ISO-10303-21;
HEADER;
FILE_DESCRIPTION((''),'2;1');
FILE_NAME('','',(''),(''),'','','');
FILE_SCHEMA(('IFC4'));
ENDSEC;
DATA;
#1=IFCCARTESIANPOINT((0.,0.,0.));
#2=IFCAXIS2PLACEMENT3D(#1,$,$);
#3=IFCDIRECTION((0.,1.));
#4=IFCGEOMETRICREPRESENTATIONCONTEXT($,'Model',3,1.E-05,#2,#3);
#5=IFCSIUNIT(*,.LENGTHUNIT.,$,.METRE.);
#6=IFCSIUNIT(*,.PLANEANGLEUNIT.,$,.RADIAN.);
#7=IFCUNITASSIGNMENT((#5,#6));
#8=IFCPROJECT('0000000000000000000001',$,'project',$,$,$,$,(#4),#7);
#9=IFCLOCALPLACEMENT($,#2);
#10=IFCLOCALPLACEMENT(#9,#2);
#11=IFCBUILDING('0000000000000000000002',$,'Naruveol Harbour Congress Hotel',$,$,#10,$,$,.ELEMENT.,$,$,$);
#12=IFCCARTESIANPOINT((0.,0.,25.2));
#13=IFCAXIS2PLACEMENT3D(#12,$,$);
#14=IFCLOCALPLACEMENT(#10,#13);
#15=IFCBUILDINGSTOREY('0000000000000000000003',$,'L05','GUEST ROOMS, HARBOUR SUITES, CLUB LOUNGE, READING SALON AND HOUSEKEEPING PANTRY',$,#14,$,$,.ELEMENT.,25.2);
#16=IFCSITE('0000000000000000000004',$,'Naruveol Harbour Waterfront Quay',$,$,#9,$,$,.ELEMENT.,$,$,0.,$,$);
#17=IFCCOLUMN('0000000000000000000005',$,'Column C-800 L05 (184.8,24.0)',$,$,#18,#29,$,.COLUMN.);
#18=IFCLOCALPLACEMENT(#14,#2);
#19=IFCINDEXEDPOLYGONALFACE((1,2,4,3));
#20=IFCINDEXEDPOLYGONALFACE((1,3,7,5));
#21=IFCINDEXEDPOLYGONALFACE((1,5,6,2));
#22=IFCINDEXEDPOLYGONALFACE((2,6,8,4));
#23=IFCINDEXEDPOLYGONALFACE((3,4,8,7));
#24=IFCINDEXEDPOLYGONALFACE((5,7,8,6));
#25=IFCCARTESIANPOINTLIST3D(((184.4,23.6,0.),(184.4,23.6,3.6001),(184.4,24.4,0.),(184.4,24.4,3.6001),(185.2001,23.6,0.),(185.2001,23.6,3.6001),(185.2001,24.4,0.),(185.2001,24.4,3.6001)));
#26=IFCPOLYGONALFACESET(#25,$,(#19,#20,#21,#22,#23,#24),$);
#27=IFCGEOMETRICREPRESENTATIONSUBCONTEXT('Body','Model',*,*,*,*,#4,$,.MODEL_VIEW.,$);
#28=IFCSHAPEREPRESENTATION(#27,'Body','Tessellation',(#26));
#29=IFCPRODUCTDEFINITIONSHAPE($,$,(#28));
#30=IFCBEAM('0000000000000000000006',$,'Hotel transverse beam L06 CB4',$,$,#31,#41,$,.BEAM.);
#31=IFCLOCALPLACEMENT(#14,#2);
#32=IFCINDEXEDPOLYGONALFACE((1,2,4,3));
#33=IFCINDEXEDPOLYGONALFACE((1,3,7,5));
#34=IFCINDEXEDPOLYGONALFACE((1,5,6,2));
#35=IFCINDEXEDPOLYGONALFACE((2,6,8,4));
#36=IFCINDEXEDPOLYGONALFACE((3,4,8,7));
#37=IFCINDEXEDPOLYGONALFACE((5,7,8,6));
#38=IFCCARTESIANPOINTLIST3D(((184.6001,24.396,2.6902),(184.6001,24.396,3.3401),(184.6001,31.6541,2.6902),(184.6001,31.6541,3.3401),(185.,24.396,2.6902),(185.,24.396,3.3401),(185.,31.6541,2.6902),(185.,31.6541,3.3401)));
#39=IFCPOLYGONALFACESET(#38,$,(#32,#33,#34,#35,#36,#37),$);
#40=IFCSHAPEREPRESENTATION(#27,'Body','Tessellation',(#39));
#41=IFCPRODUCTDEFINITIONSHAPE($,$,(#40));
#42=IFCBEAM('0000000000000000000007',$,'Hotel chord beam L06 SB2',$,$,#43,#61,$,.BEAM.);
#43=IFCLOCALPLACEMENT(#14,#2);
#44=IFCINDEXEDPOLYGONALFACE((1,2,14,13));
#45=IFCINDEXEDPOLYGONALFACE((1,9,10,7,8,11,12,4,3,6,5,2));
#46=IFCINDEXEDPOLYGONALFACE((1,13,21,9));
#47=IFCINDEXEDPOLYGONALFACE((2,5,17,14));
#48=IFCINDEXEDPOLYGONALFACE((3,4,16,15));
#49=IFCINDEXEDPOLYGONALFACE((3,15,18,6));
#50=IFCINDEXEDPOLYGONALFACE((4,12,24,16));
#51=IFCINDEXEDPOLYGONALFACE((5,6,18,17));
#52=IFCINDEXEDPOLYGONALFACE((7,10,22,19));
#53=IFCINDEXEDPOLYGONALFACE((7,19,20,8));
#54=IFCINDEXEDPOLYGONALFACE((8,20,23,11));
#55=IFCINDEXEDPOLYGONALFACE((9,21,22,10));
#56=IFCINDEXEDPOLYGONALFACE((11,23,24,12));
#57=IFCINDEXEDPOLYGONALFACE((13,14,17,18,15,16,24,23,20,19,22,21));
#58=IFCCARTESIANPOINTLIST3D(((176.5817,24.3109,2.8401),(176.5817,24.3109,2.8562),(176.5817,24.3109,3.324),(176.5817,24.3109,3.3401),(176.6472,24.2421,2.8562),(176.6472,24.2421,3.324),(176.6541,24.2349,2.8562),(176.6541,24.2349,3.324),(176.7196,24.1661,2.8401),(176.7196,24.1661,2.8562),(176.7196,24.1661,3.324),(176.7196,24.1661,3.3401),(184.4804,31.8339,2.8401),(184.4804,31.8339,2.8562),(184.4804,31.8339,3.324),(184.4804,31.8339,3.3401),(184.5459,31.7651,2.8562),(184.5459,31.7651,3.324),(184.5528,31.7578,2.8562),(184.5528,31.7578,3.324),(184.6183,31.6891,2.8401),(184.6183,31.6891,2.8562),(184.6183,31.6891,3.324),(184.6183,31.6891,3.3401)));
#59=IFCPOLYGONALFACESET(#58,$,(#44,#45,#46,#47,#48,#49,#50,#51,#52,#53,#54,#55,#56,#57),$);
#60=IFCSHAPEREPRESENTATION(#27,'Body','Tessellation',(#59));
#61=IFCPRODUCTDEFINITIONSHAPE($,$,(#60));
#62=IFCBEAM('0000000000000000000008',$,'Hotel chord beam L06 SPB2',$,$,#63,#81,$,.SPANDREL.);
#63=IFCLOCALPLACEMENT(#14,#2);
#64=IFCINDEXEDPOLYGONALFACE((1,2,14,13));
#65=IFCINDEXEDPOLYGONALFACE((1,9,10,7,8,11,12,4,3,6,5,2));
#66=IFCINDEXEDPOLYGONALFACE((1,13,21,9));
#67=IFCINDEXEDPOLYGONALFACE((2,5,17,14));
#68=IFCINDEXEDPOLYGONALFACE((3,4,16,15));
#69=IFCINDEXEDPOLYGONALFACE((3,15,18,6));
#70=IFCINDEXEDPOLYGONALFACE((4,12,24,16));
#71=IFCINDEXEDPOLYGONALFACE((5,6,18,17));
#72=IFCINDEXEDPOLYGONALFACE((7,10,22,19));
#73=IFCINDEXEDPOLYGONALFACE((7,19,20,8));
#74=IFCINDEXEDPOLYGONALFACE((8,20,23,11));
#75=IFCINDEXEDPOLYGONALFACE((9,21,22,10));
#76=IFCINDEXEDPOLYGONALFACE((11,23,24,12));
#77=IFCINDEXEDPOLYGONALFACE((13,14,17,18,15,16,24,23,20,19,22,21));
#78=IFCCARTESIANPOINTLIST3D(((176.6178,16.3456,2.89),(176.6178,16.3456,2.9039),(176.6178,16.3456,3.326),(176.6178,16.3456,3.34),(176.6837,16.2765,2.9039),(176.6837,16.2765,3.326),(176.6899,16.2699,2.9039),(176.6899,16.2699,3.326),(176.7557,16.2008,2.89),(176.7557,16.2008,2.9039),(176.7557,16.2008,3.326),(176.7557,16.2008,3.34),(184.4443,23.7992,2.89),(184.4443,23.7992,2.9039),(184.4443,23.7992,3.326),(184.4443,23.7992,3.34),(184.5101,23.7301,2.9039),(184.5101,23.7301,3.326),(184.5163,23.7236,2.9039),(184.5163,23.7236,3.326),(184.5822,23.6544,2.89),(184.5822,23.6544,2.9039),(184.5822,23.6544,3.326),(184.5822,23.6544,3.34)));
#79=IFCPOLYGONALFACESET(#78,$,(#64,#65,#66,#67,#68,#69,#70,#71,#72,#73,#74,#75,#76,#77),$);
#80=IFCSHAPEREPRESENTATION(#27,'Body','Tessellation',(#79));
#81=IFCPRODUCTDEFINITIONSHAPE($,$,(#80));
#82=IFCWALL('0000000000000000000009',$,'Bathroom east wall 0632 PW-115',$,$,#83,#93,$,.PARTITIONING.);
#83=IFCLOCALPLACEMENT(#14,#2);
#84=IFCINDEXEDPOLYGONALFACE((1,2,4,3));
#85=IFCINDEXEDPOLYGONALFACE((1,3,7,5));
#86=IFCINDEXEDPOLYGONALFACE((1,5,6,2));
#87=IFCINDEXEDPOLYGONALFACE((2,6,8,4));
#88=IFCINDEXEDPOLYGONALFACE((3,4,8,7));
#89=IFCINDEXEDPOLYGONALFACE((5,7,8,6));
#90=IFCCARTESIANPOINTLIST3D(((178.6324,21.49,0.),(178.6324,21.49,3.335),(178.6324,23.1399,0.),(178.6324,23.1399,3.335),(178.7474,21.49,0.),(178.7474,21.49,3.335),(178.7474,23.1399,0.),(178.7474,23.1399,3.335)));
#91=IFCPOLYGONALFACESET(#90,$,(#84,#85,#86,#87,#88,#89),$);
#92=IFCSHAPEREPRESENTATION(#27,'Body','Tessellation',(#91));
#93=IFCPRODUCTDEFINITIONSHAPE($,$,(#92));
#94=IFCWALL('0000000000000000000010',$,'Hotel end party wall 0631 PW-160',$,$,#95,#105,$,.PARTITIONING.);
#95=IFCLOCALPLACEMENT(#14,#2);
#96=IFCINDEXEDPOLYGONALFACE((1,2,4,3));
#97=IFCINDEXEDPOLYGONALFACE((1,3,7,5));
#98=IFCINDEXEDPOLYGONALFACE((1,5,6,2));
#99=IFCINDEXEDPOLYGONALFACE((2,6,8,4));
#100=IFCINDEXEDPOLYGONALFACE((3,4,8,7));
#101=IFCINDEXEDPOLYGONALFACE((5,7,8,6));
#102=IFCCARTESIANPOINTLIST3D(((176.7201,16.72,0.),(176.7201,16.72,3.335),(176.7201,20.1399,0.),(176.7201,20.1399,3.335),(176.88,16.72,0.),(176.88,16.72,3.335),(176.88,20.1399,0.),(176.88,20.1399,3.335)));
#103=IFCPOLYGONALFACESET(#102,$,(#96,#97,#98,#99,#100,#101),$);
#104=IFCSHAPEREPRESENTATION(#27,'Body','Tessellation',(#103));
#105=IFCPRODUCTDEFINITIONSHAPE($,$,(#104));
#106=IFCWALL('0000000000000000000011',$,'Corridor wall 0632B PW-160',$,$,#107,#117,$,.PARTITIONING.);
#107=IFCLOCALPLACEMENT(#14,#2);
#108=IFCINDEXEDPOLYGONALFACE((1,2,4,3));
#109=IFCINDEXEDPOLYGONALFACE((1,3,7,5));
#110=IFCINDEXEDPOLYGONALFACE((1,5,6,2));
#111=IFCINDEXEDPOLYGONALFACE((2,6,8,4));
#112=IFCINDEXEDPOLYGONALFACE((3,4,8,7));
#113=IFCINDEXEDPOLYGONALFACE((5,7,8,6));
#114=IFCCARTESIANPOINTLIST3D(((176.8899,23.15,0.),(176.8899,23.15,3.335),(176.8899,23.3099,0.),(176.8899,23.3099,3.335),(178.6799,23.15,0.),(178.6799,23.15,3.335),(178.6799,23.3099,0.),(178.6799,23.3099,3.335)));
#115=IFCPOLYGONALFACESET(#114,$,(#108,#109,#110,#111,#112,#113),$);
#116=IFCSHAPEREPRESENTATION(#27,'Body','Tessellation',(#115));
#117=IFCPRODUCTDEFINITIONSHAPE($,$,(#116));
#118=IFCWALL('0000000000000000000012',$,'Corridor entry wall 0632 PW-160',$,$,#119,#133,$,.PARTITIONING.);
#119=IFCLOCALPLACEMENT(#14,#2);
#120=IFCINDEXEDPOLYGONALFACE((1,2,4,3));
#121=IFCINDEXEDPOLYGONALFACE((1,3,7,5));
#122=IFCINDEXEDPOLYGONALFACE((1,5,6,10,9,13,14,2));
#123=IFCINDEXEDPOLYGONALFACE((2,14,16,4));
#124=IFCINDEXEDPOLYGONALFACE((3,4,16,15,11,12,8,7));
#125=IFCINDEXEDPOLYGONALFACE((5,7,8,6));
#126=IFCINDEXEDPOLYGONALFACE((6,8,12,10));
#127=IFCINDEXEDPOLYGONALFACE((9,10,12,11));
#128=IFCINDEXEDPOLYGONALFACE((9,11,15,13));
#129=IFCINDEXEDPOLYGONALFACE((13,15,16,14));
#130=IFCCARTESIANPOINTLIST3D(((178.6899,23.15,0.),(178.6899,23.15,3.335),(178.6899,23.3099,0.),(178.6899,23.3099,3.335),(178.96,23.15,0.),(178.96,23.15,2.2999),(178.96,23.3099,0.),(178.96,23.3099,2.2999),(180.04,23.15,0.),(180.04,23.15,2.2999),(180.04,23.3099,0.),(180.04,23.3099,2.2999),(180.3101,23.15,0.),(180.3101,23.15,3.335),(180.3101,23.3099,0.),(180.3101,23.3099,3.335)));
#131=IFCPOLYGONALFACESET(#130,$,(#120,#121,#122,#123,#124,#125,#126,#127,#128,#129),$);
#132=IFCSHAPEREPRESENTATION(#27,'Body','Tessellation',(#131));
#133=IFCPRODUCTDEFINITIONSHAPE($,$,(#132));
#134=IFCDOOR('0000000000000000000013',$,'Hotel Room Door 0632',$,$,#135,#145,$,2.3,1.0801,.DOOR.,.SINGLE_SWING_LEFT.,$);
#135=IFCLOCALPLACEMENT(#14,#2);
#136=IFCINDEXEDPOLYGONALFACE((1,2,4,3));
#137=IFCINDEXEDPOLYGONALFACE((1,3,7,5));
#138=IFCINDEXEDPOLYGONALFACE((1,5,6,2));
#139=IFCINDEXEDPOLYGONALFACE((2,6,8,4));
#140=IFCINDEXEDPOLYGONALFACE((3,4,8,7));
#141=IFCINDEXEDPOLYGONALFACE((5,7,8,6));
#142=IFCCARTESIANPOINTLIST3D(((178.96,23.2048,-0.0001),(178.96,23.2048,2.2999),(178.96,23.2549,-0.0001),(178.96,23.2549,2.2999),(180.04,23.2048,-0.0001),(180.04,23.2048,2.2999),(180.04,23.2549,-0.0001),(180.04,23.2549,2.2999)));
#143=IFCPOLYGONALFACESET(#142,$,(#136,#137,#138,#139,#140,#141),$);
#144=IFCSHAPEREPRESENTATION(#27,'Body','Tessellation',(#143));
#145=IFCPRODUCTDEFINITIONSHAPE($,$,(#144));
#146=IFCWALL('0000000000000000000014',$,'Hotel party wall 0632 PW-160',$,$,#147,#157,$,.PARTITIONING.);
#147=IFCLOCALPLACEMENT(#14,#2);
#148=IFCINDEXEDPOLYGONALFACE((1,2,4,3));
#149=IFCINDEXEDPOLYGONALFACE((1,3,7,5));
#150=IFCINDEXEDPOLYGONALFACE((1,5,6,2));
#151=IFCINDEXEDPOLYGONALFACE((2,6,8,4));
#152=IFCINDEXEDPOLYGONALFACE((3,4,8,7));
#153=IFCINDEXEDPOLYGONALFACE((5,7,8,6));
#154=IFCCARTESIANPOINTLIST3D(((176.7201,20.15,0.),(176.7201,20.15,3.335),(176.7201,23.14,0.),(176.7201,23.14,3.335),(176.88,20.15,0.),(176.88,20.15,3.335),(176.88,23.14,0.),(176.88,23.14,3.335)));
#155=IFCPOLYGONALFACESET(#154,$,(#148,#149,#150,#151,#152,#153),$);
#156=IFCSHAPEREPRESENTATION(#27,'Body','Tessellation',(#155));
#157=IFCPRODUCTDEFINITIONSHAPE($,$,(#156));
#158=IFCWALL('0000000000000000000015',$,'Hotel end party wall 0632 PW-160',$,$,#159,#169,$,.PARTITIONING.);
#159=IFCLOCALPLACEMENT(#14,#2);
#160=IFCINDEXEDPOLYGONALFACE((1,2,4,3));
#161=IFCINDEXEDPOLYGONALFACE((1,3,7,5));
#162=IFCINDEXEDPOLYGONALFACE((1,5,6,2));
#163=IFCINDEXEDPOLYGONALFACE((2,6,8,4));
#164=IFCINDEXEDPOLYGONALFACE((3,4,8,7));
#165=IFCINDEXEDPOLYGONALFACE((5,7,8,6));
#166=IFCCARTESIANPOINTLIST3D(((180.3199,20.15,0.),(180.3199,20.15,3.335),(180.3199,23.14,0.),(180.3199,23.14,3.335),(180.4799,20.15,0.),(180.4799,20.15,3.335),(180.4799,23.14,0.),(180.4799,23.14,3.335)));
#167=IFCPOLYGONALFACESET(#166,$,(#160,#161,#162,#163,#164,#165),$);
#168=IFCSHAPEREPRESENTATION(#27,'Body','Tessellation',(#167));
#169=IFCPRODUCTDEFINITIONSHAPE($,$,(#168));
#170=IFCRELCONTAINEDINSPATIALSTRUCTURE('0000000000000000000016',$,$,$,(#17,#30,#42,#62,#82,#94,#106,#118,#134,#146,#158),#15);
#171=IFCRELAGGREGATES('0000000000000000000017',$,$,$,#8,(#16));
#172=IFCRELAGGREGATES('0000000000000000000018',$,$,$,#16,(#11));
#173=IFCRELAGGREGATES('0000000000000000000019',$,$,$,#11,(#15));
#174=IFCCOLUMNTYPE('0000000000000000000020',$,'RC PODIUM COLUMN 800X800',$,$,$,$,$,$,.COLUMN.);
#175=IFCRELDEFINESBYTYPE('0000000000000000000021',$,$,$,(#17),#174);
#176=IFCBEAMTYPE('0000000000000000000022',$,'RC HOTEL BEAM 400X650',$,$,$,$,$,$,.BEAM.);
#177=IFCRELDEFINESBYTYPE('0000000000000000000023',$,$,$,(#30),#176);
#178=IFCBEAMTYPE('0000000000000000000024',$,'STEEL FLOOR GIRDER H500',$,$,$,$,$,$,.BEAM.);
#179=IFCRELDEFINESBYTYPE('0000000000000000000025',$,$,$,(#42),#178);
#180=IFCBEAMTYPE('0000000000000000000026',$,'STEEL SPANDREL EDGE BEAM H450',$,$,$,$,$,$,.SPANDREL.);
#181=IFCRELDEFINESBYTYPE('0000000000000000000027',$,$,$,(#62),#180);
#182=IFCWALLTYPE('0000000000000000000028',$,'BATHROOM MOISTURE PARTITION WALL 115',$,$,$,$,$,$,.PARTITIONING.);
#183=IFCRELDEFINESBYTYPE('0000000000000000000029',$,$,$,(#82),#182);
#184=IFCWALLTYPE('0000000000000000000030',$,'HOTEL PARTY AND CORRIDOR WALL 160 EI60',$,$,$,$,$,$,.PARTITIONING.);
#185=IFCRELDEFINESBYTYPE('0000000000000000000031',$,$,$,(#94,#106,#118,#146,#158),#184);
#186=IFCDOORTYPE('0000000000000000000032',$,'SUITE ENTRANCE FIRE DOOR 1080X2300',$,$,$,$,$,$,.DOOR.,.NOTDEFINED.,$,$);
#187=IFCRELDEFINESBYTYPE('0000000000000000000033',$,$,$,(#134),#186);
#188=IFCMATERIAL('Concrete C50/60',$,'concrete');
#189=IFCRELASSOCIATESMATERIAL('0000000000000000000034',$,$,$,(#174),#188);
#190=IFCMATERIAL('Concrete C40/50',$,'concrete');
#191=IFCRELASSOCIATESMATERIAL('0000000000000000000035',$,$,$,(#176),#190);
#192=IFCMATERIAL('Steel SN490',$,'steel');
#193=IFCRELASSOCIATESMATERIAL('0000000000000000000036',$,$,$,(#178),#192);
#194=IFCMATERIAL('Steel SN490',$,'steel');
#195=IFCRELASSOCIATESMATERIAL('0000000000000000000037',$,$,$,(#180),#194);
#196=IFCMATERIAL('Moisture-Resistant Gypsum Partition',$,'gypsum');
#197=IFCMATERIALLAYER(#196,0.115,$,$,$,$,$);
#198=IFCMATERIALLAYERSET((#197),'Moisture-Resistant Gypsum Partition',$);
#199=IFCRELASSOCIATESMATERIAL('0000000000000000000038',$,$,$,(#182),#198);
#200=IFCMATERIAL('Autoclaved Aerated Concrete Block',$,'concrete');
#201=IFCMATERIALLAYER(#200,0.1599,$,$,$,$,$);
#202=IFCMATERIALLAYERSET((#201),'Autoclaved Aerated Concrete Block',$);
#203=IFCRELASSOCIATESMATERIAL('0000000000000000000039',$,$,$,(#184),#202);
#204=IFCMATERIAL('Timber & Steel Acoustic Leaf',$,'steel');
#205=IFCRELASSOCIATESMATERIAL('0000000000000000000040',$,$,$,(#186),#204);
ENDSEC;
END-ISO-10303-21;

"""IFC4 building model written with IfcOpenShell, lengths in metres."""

from ifc_helpers import new_model, si_unit, direction, frame, frame_2d, origin, origin_2d, place, context, subcontext, project, spatial, rectangle, i_section, extrude, material, layer, layer_set, material_profile, profile_set, type_object, element, fill, save


model = new_model("IFC4")

# Units and contexts
model_context = context("Model", 3, precision=1e-05, world=origin(), true_north=direction((0.0, 1.0)))
body_context = subcontext(model_context, "Body", "Model", "MODEL_VIEW")
ifc_project = project(units=[si_unit("LENGTHUNIT", "METRE"), si_unit("PLANEANGLEUNIT", "RADIAN")], contexts=[model_context])

# Site, building, storey
site_placement = place(None, origin())
site = spatial("IfcSite", under=ifc_project, at=site_placement, Name="Naruveol Harbour Waterfront Quay", CompositionType="ELEMENT", RefElevation=0.0)
building_placement = place(site_placement, origin())
building = spatial("IfcBuilding", under=site, at=building_placement, Name="Naruveol Harbour Congress Hotel", CompositionType="ELEMENT")
storey_placement = place(building_placement, frame((0.0, 0.0, 25.2)))
storey = spatial("IfcBuildingStorey", under=building, at=storey_placement, Name="L05", Description="GUEST ROOMS, HARBOUR SUITES, CLUB LOUNGE, READING SALON AND HOUSEKEEPING PANTRY", CompositionType="ELEMENT", Elevation=25.2)

# Column
ifc_material_1 = material(Name="Concrete C50/60", Category="concrete")
ifc_material_profile_1 = material_profile(ifc_material_1, rectangle(XDim=0.8, YDim=0.8, at=origin_2d()), Name="RC-800x800")
ifc_profile_set_1 = profile_set([ifc_material_profile_1], Name="Concrete C50/60")
column_type = type_object("IfcColumnType", Name="RC PODIUM COLUMN 800X800", PredefinedType="COLUMN", material=ifc_profile_set_1)
column_placement = place(storey_placement, frame((184.8, 24.0, 0.0), z_axis=(0.0, 0.0, 1.0), x_axis=(1.0, 0.0, 0.0)))
element("IfcColumn", 1, at=column_placement, inside=storey, type_object=column_type, Name="Column C-800 L05 (184.8,24.0)", PredefinedType="COLUMN", context=body_context, shape_type="SweptSolid", body=[
    extrude(rectangle(XDim=0.8, YDim=0.8, at=origin_2d()), origin(), (0.0, 0.0, 1.0), 3.6001),
])

# Beams
ifc_material_2 = material(Name="Concrete C40/50", Category="concrete")
ifc_material_profile_2 = material_profile(ifc_material_2, rectangle(XDim=0.3999, YDim=0.6499, at=origin_2d()), Name="RCB-400x650")
ifc_profile_set_2 = profile_set([ifc_material_profile_2], Name="Concrete C40/50")
beam_type_1 = type_object("IfcBeamType", Name="RC HOTEL BEAM 400X650", PredefinedType="BEAM", material=ifc_profile_set_2)
beam_1_placement = place(storey_placement, frame((184.8, 24.396, 3.0151), z_axis=(0.0, 1.0, 0.0), x_axis=(-1.0, 0.0, 0.0)))
element("IfcBeam", 2, at=beam_1_placement, inside=storey, type_object=beam_type_1, Name="Hotel transverse beam L06 CB4", PredefinedType="BEAM", context=body_context, shape_type="SweptSolid", body=[
    extrude(rectangle(XDim=0.3999, YDim=0.6499, at=origin_2d()), origin(), (0.0, 0.0, 1.0), 7.2581),
])
ifc_material_3 = material(Name="Steel SN490", Category="steel")
ifc_material_profile_3 = material_profile(ifc_material_3, i_section(OverallWidth=0.2, OverallDepth=0.5, WebThickness=0.01, FlangeThickness=0.0161, at=origin_2d()), Name="H-500x200x10x16")
ifc_profile_set_3 = profile_set([ifc_material_profile_3], Name="Steel SN490")
beam_type_2 = type_object("IfcBeamType", Name="STEEL FLOOR GIRDER H500", PredefinedType="BEAM", material=ifc_profile_set_3)
beam_2_placement = place(storey_placement, frame((176.6506, 24.2385, 3.0901), z_axis=(0.72412, 0.689674, 0.0), x_axis=(-0.689674, 0.72412, 0.0)))
element("IfcBeam", 3, at=beam_2_placement, inside=storey, type_object=beam_type_2, Name="Hotel chord beam L06 SB2", PredefinedType="BEAM", context=body_context, shape_type="SweptSolid", body=[
    extrude(i_section(OverallWidth=0.2, OverallDepth=0.5, WebThickness=0.01, FlangeThickness=0.0161, at=origin_2d()), origin(), (0.0, 0.0, 1.0), 10.908),
])
ifc_material_4 = material(Name="Steel SN490", Category="steel")
ifc_material_profile_4 = material_profile(ifc_material_4, i_section(OverallWidth=0.2, OverallDepth=0.45, WebThickness=0.009, FlangeThickness=0.0139, at=origin_2d()), Name="H-450x200x9x14")
ifc_profile_set_4 = profile_set([ifc_material_profile_4], Name="Steel SN490")
beam_type_3 = type_object("IfcBeamType", Name="STEEL SPANDREL EDGE BEAM H450", PredefinedType="SPANDREL", material=ifc_profile_set_4)
beam_3_placement = place(storey_placement, frame((176.6868, 16.2732, 3.115), z_axis=(0.724143, 0.68965, 0.0), x_axis=(-0.68965, 0.724143, 0.0)))
element("IfcBeam", 4, at=beam_3_placement, inside=storey, type_object=beam_type_3, Name="Hotel chord beam L06 SPB2", PredefinedType="SPANDREL", context=body_context, shape_type="SweptSolid", body=[
    extrude(i_section(OverallWidth=0.2, OverallDepth=0.45, WebThickness=0.009, FlangeThickness=0.0139, at=origin_2d()), origin(), (0.0, 0.0, 1.0), 10.8079),
])

# Wall
ifc_material_5 = material(Name="Moisture-Resistant Gypsum Partition", Category="gypsum")
ifc_layer_1 = layer(ifc_material_5, 0.115)
ifc_layer_set_1 = layer_set([ifc_layer_1], Name="Moisture-Resistant Gypsum Partition")
wall_type_1 = type_object("IfcWallType", Name="BATHROOM MOISTURE PARTITION WALL 115", PredefinedType="PARTITIONING", material=ifc_layer_set_1)
wall_1_placement = place(storey_placement, frame((178.6899, 21.49, 0.0), z_axis=(0.0, 0.0, 1.0), x_axis=(0.0, 1.0, 0.0)))
element("IfcWall", 5, at=wall_1_placement, inside=storey, type_object=wall_type_1, Name="Bathroom east wall 0632 PW-115", PredefinedType="PARTITIONING", context=body_context, shape_type="SweptSolid", body=[
    extrude(rectangle(XDim=1.6499, YDim=0.115, at=frame_2d((0.825, 0.0))), origin(), (0.0, 0.0, 1.0), 3.335),
])

# Walls
ifc_material_6 = material(Name="Autoclaved Aerated Concrete Block", Category="concrete")
ifc_layer_2 = layer(ifc_material_6, 0.1599)
ifc_layer_set_2 = layer_set([ifc_layer_2], Name="Autoclaved Aerated Concrete Block")
wall_type_2 = type_object("IfcWallType", Name="HOTEL PARTY AND CORRIDOR WALL 160 EI60", PredefinedType="PARTITIONING", material=ifc_layer_set_2)
wall_2_placement = place(storey_placement, frame((176.8, 16.72, 0.0), z_axis=(0.0, 0.0, 1.0), x_axis=(0.0, 1.0, 0.0)))
element("IfcWall", 6, at=wall_2_placement, inside=storey, type_object=wall_type_2, Name="Hotel end party wall 0631 PW-160", PredefinedType="PARTITIONING", context=body_context, shape_type="SweptSolid", body=[
    extrude(rectangle(XDim=3.4199, YDim=0.1599, at=frame_2d((1.71, 0.0))), origin(), (0.0, 0.0, 1.0), 3.335),
])
wall_3_placement = place(storey_placement, frame((176.8899, 23.23, 0.0), z_axis=(0.0, 0.0, 1.0), x_axis=(1.0, 0.0, 0.0)))
element("IfcWall", 7, at=wall_3_placement, inside=storey, type_object=wall_type_2, Name="Corridor wall 0632B PW-160", PredefinedType="PARTITIONING", context=body_context, shape_type="SweptSolid", body=[
    extrude(rectangle(XDim=1.79, YDim=0.1599, at=frame_2d((0.895, 0.0))), origin(), (0.0, 0.0, 1.0), 3.335),
])

# Wall, opening, door
wall_4_placement = place(storey_placement, frame((178.6899, 23.23, 0.0), z_axis=(0.0, 0.0, 1.0), x_axis=(1.0, 0.0, 0.0)))
wall_4 = element("IfcWall", 8, at=wall_4_placement, inside=storey, type_object=wall_type_2, Name="Corridor entry wall 0632 PW-160", PredefinedType="PARTITIONING", context=body_context, shape_type="SweptSolid", body=[
    extrude(rectangle(XDim=1.6201, YDim=0.1599, at=frame_2d((0.8101, 0.0))), origin(), (0.0, 0.0, 1.0), 3.335),
])
opening_1_placement = place(wall_4_placement, frame((0.27, 0.0, 0.0)))
opening_1 = element("IfcOpeningElement", 9, at=opening_1_placement, cuts=wall_4, PredefinedType="OPENING", context=body_context, shape_type="SweptSolid", body=[
    extrude(rectangle(XDim=1.0801, YDim=2.3, at=frame_2d((0.54, 1.1499))), frame((0.0, 0.0898, 0.0), z_axis=(0.0, -1.0, 0.0), x_axis=(1.0, 0.0, 0.0)), (0.0, 0.0, 1.0), 0.1799),
])
ifc_material_7 = material(Name="Timber & Steel Acoustic Leaf", Category="steel")
door_type_1 = type_object("IfcDoorType", Name="SUITE ENTRANCE FIRE DOOR 1080X2300", OperationType="NOTDEFINED", PredefinedType="DOOR", material=ifc_material_7)
door_1_placement = place(opening_1_placement, origin())
door_1 = element("IfcDoor", 10, at=door_1_placement, inside=storey, type_object=door_type_1, Name="Hotel Room Door 0632", OperationType="SINGLE_SWING_LEFT", OverallHeight=2.3, OverallWidth=1.0801, PredefinedType="DOOR", context=body_context, shape_type="SweptSolid", body=[
    extrude(rectangle(XDim=1.0801, YDim=2.3, at=frame_2d((0.54, 1.1499))), frame((0.0, 0.0249, 0.0), z_axis=(0.0, -1.0, 0.0), x_axis=(1.0, 0.0, 0.0)), (0.0, 0.0, 1.0), 0.05),
])
fill(opening_1, door_1)

# Walls
for number, where, z_axis, x_axis, name in (
    (11, (176.8, 20.1499, 0.0), (0.0, 0.0, 1.0), (0.0, 1.0, 0.0), "Hotel party wall 0632 PW-160"),
    (12, (180.3999, 20.1499, 0.0), (0.0, 0.0, 1.0), (0.0, 1.0, 0.0), "Hotel end party wall 0632 PW-160"),
):
    element("IfcWall", number, at=place(storey_placement, frame(where, z_axis=z_axis, x_axis=x_axis)), inside=storey, type_object=wall_type_2, Name=name, PredefinedType="PARTITIONING", context=body_context, shape_type="SweptSolid", body=[
        extrude(rectangle(XDim=2.99, YDim=0.1599, at=frame_2d((1.4951, 0.0))), origin(), (0.0, 0.0, 1.0), 3.335),
    ])

save(model, "model.ifc")
